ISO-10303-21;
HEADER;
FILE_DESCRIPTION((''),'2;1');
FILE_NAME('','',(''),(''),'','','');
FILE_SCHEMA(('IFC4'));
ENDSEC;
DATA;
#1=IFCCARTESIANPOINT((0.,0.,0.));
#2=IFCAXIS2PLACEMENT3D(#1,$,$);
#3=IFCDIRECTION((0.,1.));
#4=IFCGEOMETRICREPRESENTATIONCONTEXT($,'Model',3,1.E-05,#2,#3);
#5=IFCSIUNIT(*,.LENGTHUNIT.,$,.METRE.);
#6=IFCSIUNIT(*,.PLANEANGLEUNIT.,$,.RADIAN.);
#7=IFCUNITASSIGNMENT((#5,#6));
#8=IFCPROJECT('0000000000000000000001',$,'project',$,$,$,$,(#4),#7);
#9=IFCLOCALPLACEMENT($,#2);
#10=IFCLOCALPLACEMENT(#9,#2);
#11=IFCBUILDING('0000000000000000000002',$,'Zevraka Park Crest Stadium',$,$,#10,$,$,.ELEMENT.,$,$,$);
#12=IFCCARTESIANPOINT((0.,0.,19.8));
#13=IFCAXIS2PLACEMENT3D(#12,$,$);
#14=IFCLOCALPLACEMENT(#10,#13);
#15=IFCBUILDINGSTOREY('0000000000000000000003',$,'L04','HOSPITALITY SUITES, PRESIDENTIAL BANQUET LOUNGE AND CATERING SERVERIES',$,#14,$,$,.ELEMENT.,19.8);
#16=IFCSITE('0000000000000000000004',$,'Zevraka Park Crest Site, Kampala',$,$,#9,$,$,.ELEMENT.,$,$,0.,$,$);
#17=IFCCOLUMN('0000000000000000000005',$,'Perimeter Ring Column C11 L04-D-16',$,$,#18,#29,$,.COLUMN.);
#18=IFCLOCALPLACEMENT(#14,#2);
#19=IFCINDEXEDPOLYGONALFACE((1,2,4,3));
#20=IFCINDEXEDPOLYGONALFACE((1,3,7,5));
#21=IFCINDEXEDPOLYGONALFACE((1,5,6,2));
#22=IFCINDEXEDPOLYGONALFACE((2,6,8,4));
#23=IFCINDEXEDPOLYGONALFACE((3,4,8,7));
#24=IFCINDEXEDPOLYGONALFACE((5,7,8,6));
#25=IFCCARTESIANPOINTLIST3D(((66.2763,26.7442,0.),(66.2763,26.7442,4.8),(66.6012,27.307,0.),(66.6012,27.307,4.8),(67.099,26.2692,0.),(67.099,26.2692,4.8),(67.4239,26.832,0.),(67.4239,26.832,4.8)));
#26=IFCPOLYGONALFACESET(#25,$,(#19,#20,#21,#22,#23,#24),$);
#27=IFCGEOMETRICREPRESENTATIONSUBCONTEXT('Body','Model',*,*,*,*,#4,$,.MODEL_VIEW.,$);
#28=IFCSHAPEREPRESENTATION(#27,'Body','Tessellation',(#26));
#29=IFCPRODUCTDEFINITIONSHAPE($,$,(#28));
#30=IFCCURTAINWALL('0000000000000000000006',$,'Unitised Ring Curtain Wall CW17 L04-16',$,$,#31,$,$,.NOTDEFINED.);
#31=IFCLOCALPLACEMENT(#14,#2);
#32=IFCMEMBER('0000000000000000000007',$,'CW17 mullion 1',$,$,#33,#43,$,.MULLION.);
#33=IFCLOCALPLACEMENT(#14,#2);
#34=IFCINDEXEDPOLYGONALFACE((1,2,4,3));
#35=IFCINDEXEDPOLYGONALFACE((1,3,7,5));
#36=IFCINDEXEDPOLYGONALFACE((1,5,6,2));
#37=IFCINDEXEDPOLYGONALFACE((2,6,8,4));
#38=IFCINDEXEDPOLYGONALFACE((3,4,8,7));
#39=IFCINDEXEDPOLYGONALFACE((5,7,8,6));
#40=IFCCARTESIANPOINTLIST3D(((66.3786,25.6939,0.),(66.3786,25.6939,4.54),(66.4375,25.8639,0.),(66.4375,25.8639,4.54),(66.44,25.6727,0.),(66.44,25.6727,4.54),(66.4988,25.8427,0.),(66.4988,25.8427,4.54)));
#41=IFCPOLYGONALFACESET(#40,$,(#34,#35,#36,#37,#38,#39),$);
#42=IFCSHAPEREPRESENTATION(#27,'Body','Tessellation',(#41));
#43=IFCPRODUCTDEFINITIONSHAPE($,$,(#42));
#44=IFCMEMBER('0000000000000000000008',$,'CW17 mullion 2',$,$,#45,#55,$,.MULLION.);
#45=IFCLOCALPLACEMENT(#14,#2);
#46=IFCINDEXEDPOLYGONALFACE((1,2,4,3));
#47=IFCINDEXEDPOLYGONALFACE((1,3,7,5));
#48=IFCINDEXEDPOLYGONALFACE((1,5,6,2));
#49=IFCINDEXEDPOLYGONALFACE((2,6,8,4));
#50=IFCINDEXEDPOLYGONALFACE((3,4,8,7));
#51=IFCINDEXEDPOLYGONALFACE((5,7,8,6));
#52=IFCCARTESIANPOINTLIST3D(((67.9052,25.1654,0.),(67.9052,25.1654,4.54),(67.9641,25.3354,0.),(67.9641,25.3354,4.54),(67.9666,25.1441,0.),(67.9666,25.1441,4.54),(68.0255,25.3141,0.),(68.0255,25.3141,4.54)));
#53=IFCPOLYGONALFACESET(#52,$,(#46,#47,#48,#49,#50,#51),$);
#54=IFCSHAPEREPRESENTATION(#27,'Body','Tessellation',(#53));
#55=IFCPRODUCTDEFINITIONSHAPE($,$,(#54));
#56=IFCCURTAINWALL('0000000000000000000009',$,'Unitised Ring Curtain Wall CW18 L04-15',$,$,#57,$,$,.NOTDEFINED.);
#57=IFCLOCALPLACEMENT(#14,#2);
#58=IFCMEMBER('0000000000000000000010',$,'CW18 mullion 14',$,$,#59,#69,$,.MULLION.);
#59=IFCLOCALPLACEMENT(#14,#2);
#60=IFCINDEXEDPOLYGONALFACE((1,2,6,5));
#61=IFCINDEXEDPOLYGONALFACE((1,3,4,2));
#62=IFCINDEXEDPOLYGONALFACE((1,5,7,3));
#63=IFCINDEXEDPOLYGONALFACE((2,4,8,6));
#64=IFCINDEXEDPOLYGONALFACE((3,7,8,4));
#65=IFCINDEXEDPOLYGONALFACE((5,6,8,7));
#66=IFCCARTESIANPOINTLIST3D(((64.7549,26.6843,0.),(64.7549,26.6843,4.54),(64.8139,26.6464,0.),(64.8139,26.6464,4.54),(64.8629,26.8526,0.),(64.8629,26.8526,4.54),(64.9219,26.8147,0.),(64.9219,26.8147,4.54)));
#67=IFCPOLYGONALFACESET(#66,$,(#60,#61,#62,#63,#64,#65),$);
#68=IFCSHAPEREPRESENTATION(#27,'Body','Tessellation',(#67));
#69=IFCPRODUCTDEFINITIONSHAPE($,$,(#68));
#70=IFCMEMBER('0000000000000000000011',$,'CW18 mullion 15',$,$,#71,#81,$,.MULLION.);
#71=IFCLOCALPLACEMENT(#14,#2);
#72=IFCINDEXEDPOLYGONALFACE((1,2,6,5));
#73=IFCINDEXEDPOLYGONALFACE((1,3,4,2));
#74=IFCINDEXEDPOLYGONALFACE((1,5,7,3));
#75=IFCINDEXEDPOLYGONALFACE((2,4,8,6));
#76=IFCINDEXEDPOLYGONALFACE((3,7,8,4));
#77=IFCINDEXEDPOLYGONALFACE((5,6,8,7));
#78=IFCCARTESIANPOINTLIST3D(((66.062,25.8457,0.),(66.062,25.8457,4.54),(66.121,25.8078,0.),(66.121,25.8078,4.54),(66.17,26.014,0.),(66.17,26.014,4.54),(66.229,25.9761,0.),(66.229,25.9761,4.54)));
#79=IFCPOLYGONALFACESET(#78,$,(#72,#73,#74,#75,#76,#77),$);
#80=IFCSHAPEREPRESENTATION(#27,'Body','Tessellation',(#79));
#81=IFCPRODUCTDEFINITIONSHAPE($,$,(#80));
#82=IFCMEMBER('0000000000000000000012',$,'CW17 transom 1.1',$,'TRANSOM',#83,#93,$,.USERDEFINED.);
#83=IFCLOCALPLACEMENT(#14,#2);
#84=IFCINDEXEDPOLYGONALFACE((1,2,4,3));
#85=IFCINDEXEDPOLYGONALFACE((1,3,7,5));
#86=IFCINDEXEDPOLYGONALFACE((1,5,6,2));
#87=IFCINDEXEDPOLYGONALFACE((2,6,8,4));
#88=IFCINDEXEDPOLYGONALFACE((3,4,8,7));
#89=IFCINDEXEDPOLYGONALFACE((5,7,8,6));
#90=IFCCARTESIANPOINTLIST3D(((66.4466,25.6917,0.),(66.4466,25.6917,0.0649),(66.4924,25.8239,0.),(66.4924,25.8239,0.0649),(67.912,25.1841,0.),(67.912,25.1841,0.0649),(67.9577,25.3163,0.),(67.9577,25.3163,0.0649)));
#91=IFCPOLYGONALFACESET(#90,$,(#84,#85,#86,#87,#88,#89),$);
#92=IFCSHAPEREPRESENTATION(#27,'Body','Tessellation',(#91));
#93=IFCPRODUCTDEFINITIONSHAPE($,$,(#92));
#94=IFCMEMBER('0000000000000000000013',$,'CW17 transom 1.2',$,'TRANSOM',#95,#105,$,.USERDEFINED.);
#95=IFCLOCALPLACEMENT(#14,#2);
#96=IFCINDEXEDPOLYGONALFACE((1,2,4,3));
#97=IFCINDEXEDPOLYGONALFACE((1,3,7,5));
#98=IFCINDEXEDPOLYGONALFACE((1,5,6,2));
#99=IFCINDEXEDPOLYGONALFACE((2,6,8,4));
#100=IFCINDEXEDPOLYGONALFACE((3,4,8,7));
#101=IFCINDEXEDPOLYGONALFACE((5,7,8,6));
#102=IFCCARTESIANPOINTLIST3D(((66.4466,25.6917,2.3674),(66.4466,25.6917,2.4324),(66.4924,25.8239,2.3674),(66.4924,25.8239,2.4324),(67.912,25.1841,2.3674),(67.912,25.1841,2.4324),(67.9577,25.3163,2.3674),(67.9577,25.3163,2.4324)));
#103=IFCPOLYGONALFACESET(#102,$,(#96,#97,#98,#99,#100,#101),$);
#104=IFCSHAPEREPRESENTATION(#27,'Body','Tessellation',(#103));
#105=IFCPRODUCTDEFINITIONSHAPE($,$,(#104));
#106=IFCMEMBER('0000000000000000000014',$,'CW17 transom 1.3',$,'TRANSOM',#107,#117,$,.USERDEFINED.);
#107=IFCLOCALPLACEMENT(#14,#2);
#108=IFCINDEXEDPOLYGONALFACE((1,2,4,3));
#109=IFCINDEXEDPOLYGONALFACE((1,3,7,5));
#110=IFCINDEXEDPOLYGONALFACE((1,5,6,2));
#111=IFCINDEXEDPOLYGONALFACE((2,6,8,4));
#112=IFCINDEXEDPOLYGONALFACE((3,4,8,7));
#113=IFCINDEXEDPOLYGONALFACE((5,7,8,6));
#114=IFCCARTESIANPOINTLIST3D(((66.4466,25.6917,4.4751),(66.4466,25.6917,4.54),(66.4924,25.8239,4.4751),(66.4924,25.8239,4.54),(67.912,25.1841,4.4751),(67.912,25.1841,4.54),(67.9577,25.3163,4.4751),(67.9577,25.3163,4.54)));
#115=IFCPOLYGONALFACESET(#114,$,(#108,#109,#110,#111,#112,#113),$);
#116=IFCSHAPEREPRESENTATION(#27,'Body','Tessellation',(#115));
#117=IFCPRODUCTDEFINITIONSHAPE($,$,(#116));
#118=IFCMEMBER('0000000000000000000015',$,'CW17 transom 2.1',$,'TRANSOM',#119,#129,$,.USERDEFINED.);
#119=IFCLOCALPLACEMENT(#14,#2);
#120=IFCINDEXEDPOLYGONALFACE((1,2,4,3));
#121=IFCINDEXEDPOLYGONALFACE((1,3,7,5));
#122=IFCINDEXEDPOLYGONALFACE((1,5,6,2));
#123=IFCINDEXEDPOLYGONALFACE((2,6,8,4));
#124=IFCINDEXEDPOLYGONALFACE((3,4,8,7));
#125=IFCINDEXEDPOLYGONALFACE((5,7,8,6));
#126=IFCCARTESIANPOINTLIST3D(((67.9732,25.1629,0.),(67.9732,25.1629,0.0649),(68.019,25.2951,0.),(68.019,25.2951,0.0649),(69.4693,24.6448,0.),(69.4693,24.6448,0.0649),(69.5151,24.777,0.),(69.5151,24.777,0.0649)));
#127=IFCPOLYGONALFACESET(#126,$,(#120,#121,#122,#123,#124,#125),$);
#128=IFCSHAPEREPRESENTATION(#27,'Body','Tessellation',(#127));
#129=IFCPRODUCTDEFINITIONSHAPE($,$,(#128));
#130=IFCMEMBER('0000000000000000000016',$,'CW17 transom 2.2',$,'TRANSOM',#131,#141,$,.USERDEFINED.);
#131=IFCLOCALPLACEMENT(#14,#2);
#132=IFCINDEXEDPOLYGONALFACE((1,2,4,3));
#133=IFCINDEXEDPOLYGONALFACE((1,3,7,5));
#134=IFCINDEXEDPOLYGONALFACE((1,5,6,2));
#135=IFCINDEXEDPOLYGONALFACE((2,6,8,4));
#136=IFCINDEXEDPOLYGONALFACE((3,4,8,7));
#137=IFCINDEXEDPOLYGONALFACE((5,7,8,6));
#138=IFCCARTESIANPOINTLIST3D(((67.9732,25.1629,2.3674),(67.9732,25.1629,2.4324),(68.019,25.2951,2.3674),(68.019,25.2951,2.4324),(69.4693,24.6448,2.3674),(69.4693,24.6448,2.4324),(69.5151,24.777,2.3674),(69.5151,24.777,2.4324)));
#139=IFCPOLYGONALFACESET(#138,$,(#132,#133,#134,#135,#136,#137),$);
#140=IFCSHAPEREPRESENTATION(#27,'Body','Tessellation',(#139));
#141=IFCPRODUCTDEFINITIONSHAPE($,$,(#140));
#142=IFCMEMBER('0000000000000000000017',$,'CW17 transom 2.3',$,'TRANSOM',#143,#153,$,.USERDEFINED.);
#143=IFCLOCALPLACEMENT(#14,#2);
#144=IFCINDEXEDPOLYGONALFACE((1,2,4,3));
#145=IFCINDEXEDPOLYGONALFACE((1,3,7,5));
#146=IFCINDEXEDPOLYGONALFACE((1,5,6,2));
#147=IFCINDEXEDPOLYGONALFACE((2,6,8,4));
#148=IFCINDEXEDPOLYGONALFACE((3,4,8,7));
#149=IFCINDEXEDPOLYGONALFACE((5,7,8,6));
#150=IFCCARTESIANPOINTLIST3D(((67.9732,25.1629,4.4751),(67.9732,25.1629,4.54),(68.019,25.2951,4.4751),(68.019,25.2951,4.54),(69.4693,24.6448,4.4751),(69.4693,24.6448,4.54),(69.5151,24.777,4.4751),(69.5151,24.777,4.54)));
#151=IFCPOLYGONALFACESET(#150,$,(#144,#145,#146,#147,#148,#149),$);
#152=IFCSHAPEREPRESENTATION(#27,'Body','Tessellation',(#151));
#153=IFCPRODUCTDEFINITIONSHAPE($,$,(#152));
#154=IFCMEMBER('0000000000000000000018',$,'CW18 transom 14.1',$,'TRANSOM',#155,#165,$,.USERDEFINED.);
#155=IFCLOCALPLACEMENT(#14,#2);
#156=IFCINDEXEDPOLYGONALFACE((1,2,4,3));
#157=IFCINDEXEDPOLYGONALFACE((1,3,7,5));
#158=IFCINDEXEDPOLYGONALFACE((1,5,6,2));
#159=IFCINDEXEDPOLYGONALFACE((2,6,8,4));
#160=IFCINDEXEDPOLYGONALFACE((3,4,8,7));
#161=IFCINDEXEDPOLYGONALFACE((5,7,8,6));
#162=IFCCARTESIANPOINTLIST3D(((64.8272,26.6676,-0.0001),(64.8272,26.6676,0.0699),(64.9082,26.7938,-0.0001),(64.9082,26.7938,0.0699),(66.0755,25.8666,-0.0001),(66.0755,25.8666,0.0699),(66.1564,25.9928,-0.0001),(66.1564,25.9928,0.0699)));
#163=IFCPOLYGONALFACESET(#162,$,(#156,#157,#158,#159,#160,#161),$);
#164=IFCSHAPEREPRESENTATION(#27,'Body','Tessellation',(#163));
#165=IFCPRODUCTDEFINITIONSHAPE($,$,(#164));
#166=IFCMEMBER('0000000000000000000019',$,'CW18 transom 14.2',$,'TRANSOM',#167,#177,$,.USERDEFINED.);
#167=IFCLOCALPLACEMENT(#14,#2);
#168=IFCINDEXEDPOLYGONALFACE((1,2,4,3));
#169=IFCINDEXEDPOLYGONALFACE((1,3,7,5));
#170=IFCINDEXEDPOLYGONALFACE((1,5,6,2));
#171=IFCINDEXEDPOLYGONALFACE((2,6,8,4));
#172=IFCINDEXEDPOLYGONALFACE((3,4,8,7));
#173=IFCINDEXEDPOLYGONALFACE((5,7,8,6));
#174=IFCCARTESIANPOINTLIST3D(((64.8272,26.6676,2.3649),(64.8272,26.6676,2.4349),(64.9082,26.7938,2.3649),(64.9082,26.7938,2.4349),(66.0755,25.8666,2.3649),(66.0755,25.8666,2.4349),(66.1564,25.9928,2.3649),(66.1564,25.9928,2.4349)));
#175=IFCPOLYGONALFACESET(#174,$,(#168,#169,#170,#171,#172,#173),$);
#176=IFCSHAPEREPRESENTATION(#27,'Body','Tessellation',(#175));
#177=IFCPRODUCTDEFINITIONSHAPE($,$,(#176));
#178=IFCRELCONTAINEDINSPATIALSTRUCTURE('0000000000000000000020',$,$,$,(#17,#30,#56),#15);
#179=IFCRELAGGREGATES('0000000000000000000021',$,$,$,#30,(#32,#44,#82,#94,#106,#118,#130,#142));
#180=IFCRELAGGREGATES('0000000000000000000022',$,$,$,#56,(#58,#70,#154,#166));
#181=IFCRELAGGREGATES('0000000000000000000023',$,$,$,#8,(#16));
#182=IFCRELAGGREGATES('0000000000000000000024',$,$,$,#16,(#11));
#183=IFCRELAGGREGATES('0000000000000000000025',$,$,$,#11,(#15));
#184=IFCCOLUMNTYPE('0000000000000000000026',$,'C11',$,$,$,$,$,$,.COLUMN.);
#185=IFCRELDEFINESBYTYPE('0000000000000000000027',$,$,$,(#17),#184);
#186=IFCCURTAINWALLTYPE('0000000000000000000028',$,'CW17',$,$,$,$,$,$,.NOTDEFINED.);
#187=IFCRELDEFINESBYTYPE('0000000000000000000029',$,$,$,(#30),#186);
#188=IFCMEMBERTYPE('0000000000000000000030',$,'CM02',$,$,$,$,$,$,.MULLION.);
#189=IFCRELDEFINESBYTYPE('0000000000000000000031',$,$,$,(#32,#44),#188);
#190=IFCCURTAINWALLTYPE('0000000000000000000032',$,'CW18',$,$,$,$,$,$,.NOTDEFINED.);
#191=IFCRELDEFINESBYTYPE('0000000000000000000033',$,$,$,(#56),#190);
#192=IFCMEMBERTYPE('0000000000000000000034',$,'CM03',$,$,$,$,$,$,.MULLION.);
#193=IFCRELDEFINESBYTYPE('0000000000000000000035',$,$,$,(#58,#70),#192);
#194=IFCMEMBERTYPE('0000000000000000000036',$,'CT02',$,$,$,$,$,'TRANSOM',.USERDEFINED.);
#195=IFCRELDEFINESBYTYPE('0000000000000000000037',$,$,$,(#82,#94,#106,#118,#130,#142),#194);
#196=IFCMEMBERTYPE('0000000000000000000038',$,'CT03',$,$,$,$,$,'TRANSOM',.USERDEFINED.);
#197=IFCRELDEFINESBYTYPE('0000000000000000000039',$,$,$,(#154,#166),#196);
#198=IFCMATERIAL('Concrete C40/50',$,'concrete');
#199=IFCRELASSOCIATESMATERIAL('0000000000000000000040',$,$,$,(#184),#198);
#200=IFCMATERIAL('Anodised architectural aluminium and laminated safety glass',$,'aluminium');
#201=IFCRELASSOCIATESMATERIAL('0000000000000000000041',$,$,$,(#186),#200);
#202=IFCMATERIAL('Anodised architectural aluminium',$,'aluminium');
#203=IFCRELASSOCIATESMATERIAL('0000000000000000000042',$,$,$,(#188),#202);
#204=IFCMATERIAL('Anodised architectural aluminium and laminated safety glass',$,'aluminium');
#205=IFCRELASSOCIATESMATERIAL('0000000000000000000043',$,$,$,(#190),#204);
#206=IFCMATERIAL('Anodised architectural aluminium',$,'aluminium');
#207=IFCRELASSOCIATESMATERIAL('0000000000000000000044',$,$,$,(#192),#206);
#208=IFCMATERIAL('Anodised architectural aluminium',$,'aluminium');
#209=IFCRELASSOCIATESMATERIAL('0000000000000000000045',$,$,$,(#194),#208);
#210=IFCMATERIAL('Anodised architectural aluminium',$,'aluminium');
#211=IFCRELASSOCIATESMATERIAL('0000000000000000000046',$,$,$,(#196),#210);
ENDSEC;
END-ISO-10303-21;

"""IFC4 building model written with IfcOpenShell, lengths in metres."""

from ifc_helpers import new_model, si_unit, direction, frame, origin, origin_2d, place, context, subcontext, project, spatial, rectangle, extrude, material, material_profile, profile_set, type_object, element, aggregate, save


model = new_model("IFC4")

# Units and contexts
model_context = context("Model", 3, precision=1e-05, world=origin(), true_north=direction((0.0, 1.0)))
body_context = subcontext(model_context, "Body", "Model", "MODEL_VIEW")
ifc_project = project(units=[si_unit("LENGTHUNIT", "METRE"), si_unit("PLANEANGLEUNIT", "RADIAN")], contexts=[model_context])

# Site, building, storey
site_placement = place(None, origin())
site = spatial("IfcSite", under=ifc_project, at=site_placement, Name="Zevraka Park Crest Site, Kampala", CompositionType="ELEMENT", RefElevation=0.0)
building_placement = place(site_placement, origin())
building = spatial("IfcBuilding", under=site, at=building_placement, Name="Zevraka Park Crest Stadium", CompositionType="ELEMENT")
storey_placement = place(building_placement, frame((0.0, 0.0, 19.8)))
storey = spatial("IfcBuildingStorey", under=building, at=storey_placement, Name="L04", Description="HOSPITALITY SUITES, PRESIDENTIAL BANQUET LOUNGE AND CATERING SERVERIES", CompositionType="ELEMENT", Elevation=19.8)

# Column
ifc_material_1 = material(Name="Concrete C40/50", Category="concrete")
ifc_material_profile_1 = material_profile(ifc_material_1, rectangle(XDim=0.6499, YDim=0.95, at=origin_2d()), Name="RC 950x650")
ifc_profile_set_1 = profile_set([ifc_material_profile_1], Name="Concrete C40/50")
column_type = type_object("IfcColumnType", Name="C11", PredefinedType="COLUMN", material=ifc_profile_set_1)
column_placement = place(storey_placement, frame((66.8501, 26.7881, 0.0), z_axis=(0.0, 0.0, 1.0), x_axis=(0.5, 0.866025, 0.0)))
element("IfcColumn", 1, at=column_placement, inside=storey, type_object=column_type, Name="Perimeter Ring Column C11 L04-D-16", PredefinedType="COLUMN", context=body_context, shape_type="SweptSolid", body=[
    extrude(rectangle(XDim=0.6499, YDim=0.95, at=origin_2d()), origin(), (0.0, 0.0, 1.0), 4.8),
])

# Curtain walls, members
ifc_material_2 = material(Name="Anodised architectural aluminium and laminated safety glass", Category="aluminium")
curtain_wall_type_1 = type_object("IfcCurtainWallType", Name="CW17", PredefinedType="NOTDEFINED", material=ifc_material_2)
curtain_wall_1_placement = place(storey_placement, origin())
curtain_wall_1 = element("IfcCurtainWall", 2, at=curtain_wall_1_placement, inside=storey, type_object=curtain_wall_type_1, Name="Unitised Ring Curtain Wall CW17 L04-16", PredefinedType="NOTDEFINED")
ifc_material_3 = material(Name="Anodised architectural aluminium", Category="aluminium")
ifc_material_profile_2 = material_profile(ifc_material_3, rectangle(XDim=0.1799, YDim=0.0649, at=origin_2d()), Name="ALU MULLION 180x65")
ifc_profile_set_2 = profile_set([ifc_material_profile_2], Name="Anodised architectural aluminium")
member_type_1 = type_object("IfcMemberType", Name="CM02", PredefinedType="MULLION", material=ifc_profile_set_2)
member_1_placement = place(storey_placement, frame((66.4387, 25.7683, 0.0), z_axis=(0.0, 0.0, 1.0), x_axis=(0.327245, 0.94494, 0.0)))
member_1 = element("IfcMember", 3, at=member_1_placement, type_object=member_type_1, Name="CW17 mullion 1", PredefinedType="MULLION", context=body_context, shape_type="SweptSolid", body=[
    extrude(rectangle(XDim=0.1799, YDim=0.0649, at=origin_2d()), origin(), (0.0, 0.0, 1.0), 4.54),
])
member_2_placement = place(storey_placement, frame((67.9653, 25.2397, 0.0), z_axis=(0.0, 0.0, 1.0), x_axis=(0.327245, 0.94494, 0.0)))
member_2 = element("IfcMember", 4, at=member_2_placement, type_object=member_type_1, Name="CW17 mullion 2", PredefinedType="MULLION", context=body_context, shape_type="SweptSolid", body=[
    extrude(rectangle(XDim=0.1799, YDim=0.0649, at=origin_2d()), origin(), (0.0, 0.0, 1.0), 4.54),
])
ifc_material_4 = material(Name="Anodised architectural aluminium and laminated safety glass", Category="aluminium")
curtain_wall_type_2 = type_object("IfcCurtainWallType", Name="CW18", PredefinedType="NOTDEFINED", material=ifc_material_4)
curtain_wall_2_placement = place(storey_placement, origin())
curtain_wall_2 = element("IfcCurtainWall", 5, at=curtain_wall_2_placement, inside=storey, type_object=curtain_wall_type_2, Name="Unitised Ring Curtain Wall CW18 L04-15", PredefinedType="NOTDEFINED")
ifc_material_5 = material(Name="Anodised architectural aluminium", Category="aluminium")
ifc_material_profile_3 = material_profile(ifc_material_5, rectangle(XDim=0.2, YDim=0.0701, at=origin_2d()), Name="ALU MULLION 200x70")
ifc_profile_set_3 = profile_set([ifc_material_profile_3], Name="Anodised architectural aluminium")
member_type_2 = type_object("IfcMemberType", Name="CM03", PredefinedType="MULLION", material=ifc_profile_set_3)
member_3_placement = place(storey_placement, frame((64.8384, 26.7495, 0.0), z_axis=(0.0, 0.0, 1.0), x_axis=(0.53998, 0.841678, 0.0)))
member_3 = element("IfcMember", 6, at=member_3_placement, type_object=member_type_2, Name="CW18 mullion 14", PredefinedType="MULLION", context=body_context, shape_type="SweptSolid", body=[
    extrude(rectangle(XDim=0.2, YDim=0.0701, at=origin_2d()), origin(), (0.0, 0.0, 1.0), 4.54),
])
member_4_placement = place(storey_placement, frame((66.1455, 25.9109, 0.0), z_axis=(0.0, 0.0, 1.0), x_axis=(0.53998, 0.841678, 0.0)))
member_4 = element("IfcMember", 7, at=member_4_placement, type_object=member_type_2, Name="CW18 mullion 15", PredefinedType="MULLION", context=body_context, shape_type="SweptSolid", body=[
    extrude(rectangle(XDim=0.2, YDim=0.0701, at=origin_2d()), origin(), (0.0, 0.0, 1.0), 4.54),
])

# Members
ifc_material_6 = material(Name="Anodised architectural aluminium", Category="aluminium")
ifc_material_profile_4 = material_profile(ifc_material_6, rectangle(XDim=0.1399, YDim=0.0649, at=origin_2d()), Name="ALU TRANSOM 140x65")
ifc_profile_set_4 = profile_set([ifc_material_profile_4], Name="Anodised architectural aluminium")
member_type_3 = type_object("IfcMemberType", Name="CT02", ElementType="TRANSOM", PredefinedType="USERDEFINED", material=ifc_profile_set_4)
member_5_placement = place(storey_placement, frame((66.4695, 25.7578, 0.0325), z_axis=(0.944919, -0.327305, 0.0), x_axis=(0.327305, 0.944919, 0.0)))
member_5 = element("IfcMember", 8, at=member_5_placement, type_object=member_type_3, Name="CW17 transom 1.1", ObjectType="TRANSOM", PredefinedType="USERDEFINED", context=body_context, shape_type="SweptSolid", body=[
    extrude(rectangle(XDim=0.1399, YDim=0.0649, at=origin_2d()), origin(), (0.0, 0.0, 1.0), 1.5508),
])
member_6_placement = place(storey_placement, frame((66.4695, 25.7578, 2.3999), z_axis=(0.944919, -0.327305, 0.0), x_axis=(0.327305, 0.944919, 0.0)))
member_6 = element("IfcMember", 9, at=member_6_placement, type_object=member_type_3, Name="CW17 transom 1.2", ObjectType="TRANSOM", PredefinedType="USERDEFINED", context=body_context, shape_type="SweptSolid", body=[
    extrude(rectangle(XDim=0.1399, YDim=0.0649, at=origin_2d()), origin(), (0.0, 0.0, 1.0), 1.5508),
])
member_7_placement = place(storey_placement, frame((66.4695, 25.7578, 4.5076), z_axis=(0.944919, -0.327305, 0.0), x_axis=(0.327305, 0.944919, 0.0)))
member_7 = element("IfcMember", 10, at=member_7_placement, type_object=member_type_3, Name="CW17 transom 1.3", ObjectType="TRANSOM", PredefinedType="USERDEFINED", context=body_context, shape_type="SweptSolid", body=[
    extrude(rectangle(XDim=0.1399, YDim=0.0649, at=origin_2d()), origin(), (0.0, 0.0, 1.0), 1.5508),
])
member_8_placement = place(storey_placement, frame((67.9961, 25.229, 0.0325), z_axis=(0.944949, -0.327216, 0.0), x_axis=(0.327216, 0.944949, 0.0)))
member_8 = element("IfcMember", 11, at=member_8_placement, type_object=member_type_3, Name="CW17 transom 2.1", ObjectType="TRANSOM", PredefinedType="USERDEFINED", context=body_context, shape_type="SweptSolid", body=[
    extrude(rectangle(XDim=0.1399, YDim=0.0649, at=origin_2d()), origin(), (0.0, 0.0, 1.0), 1.5833),
])
member_9_placement = place(storey_placement, frame((67.9961, 25.229, 2.3999), z_axis=(0.944949, -0.327216, 0.0), x_axis=(0.327216, 0.944949, 0.0)))
member_9 = element("IfcMember", 12, at=member_9_placement, type_object=member_type_3, Name="CW17 transom 2.2", ObjectType="TRANSOM", PredefinedType="USERDEFINED", context=body_context, shape_type="SweptSolid", body=[
    extrude(rectangle(XDim=0.1399, YDim=0.0649, at=origin_2d()), origin(), (0.0, 0.0, 1.0), 1.5833),
])
member_10_placement = place(storey_placement, frame((67.9961, 25.229, 4.5076), z_axis=(0.944949, -0.327216, 0.0), x_axis=(0.327216, 0.944949, 0.0)))
member_10 = element("IfcMember", 13, at=member_10_placement, type_object=member_type_3, Name="CW17 transom 2.3", ObjectType="TRANSOM", PredefinedType="USERDEFINED", context=body_context, shape_type="SweptSolid", body=[
    extrude(rectangle(XDim=0.1399, YDim=0.0649, at=origin_2d()), origin(), (0.0, 0.0, 1.0), 1.5833),
])
ifc_material_7 = material(Name="Anodised architectural aluminium", Category="aluminium")
ifc_material_profile_5 = material_profile(ifc_material_7, rectangle(XDim=0.1499, YDim=0.0701, at=origin_2d()), Name="ALU TRANSOM 150x70")
ifc_profile_set_5 = profile_set([ifc_material_profile_5], Name="Anodised architectural aluminium")
member_type_4 = type_object("IfcMemberType", Name="CT03", ElementType="TRANSOM", PredefinedType="USERDEFINED", material=ifc_profile_set_5)
member_11_placement = place(storey_placement, frame((64.8677, 26.7307, 0.0349), z_axis=(0.841622, -0.540067, 0.0), x_axis=(0.540067, 0.841622, 0.0)))
member_11 = element("IfcMember", 14, at=member_11_placement, type_object=member_type_4, Name="CW18 transom 14.1", ObjectType="TRANSOM", PredefinedType="USERDEFINED", context=body_context, shape_type="SweptSolid", body=[
    extrude(rectangle(XDim=0.1499, YDim=0.0701, at=origin_2d()), origin(), (0.0, 0.0, 1.0), 1.4832),
])
member_12_placement = place(storey_placement, frame((64.8677, 26.7307, 2.3999), z_axis=(0.841622, -0.540067, 0.0), x_axis=(0.540067, 0.841622, 0.0)))
member_12 = element("IfcMember", 15, at=member_12_placement, type_object=member_type_4, Name="CW18 transom 14.2", ObjectType="TRANSOM", PredefinedType="USERDEFINED", context=body_context, shape_type="SweptSolid", body=[
    extrude(rectangle(XDim=0.1499, YDim=0.0701, at=origin_2d()), origin(), (0.0, 0.0, 1.0), 1.4832),
])

aggregate(curtain_wall_1, [member_1, member_2, member_5, member_6, member_7, member_8, member_9, member_10])
aggregate(curtain_wall_2, [member_3, member_4, member_11, member_12])

save(model, "model.ifc")
